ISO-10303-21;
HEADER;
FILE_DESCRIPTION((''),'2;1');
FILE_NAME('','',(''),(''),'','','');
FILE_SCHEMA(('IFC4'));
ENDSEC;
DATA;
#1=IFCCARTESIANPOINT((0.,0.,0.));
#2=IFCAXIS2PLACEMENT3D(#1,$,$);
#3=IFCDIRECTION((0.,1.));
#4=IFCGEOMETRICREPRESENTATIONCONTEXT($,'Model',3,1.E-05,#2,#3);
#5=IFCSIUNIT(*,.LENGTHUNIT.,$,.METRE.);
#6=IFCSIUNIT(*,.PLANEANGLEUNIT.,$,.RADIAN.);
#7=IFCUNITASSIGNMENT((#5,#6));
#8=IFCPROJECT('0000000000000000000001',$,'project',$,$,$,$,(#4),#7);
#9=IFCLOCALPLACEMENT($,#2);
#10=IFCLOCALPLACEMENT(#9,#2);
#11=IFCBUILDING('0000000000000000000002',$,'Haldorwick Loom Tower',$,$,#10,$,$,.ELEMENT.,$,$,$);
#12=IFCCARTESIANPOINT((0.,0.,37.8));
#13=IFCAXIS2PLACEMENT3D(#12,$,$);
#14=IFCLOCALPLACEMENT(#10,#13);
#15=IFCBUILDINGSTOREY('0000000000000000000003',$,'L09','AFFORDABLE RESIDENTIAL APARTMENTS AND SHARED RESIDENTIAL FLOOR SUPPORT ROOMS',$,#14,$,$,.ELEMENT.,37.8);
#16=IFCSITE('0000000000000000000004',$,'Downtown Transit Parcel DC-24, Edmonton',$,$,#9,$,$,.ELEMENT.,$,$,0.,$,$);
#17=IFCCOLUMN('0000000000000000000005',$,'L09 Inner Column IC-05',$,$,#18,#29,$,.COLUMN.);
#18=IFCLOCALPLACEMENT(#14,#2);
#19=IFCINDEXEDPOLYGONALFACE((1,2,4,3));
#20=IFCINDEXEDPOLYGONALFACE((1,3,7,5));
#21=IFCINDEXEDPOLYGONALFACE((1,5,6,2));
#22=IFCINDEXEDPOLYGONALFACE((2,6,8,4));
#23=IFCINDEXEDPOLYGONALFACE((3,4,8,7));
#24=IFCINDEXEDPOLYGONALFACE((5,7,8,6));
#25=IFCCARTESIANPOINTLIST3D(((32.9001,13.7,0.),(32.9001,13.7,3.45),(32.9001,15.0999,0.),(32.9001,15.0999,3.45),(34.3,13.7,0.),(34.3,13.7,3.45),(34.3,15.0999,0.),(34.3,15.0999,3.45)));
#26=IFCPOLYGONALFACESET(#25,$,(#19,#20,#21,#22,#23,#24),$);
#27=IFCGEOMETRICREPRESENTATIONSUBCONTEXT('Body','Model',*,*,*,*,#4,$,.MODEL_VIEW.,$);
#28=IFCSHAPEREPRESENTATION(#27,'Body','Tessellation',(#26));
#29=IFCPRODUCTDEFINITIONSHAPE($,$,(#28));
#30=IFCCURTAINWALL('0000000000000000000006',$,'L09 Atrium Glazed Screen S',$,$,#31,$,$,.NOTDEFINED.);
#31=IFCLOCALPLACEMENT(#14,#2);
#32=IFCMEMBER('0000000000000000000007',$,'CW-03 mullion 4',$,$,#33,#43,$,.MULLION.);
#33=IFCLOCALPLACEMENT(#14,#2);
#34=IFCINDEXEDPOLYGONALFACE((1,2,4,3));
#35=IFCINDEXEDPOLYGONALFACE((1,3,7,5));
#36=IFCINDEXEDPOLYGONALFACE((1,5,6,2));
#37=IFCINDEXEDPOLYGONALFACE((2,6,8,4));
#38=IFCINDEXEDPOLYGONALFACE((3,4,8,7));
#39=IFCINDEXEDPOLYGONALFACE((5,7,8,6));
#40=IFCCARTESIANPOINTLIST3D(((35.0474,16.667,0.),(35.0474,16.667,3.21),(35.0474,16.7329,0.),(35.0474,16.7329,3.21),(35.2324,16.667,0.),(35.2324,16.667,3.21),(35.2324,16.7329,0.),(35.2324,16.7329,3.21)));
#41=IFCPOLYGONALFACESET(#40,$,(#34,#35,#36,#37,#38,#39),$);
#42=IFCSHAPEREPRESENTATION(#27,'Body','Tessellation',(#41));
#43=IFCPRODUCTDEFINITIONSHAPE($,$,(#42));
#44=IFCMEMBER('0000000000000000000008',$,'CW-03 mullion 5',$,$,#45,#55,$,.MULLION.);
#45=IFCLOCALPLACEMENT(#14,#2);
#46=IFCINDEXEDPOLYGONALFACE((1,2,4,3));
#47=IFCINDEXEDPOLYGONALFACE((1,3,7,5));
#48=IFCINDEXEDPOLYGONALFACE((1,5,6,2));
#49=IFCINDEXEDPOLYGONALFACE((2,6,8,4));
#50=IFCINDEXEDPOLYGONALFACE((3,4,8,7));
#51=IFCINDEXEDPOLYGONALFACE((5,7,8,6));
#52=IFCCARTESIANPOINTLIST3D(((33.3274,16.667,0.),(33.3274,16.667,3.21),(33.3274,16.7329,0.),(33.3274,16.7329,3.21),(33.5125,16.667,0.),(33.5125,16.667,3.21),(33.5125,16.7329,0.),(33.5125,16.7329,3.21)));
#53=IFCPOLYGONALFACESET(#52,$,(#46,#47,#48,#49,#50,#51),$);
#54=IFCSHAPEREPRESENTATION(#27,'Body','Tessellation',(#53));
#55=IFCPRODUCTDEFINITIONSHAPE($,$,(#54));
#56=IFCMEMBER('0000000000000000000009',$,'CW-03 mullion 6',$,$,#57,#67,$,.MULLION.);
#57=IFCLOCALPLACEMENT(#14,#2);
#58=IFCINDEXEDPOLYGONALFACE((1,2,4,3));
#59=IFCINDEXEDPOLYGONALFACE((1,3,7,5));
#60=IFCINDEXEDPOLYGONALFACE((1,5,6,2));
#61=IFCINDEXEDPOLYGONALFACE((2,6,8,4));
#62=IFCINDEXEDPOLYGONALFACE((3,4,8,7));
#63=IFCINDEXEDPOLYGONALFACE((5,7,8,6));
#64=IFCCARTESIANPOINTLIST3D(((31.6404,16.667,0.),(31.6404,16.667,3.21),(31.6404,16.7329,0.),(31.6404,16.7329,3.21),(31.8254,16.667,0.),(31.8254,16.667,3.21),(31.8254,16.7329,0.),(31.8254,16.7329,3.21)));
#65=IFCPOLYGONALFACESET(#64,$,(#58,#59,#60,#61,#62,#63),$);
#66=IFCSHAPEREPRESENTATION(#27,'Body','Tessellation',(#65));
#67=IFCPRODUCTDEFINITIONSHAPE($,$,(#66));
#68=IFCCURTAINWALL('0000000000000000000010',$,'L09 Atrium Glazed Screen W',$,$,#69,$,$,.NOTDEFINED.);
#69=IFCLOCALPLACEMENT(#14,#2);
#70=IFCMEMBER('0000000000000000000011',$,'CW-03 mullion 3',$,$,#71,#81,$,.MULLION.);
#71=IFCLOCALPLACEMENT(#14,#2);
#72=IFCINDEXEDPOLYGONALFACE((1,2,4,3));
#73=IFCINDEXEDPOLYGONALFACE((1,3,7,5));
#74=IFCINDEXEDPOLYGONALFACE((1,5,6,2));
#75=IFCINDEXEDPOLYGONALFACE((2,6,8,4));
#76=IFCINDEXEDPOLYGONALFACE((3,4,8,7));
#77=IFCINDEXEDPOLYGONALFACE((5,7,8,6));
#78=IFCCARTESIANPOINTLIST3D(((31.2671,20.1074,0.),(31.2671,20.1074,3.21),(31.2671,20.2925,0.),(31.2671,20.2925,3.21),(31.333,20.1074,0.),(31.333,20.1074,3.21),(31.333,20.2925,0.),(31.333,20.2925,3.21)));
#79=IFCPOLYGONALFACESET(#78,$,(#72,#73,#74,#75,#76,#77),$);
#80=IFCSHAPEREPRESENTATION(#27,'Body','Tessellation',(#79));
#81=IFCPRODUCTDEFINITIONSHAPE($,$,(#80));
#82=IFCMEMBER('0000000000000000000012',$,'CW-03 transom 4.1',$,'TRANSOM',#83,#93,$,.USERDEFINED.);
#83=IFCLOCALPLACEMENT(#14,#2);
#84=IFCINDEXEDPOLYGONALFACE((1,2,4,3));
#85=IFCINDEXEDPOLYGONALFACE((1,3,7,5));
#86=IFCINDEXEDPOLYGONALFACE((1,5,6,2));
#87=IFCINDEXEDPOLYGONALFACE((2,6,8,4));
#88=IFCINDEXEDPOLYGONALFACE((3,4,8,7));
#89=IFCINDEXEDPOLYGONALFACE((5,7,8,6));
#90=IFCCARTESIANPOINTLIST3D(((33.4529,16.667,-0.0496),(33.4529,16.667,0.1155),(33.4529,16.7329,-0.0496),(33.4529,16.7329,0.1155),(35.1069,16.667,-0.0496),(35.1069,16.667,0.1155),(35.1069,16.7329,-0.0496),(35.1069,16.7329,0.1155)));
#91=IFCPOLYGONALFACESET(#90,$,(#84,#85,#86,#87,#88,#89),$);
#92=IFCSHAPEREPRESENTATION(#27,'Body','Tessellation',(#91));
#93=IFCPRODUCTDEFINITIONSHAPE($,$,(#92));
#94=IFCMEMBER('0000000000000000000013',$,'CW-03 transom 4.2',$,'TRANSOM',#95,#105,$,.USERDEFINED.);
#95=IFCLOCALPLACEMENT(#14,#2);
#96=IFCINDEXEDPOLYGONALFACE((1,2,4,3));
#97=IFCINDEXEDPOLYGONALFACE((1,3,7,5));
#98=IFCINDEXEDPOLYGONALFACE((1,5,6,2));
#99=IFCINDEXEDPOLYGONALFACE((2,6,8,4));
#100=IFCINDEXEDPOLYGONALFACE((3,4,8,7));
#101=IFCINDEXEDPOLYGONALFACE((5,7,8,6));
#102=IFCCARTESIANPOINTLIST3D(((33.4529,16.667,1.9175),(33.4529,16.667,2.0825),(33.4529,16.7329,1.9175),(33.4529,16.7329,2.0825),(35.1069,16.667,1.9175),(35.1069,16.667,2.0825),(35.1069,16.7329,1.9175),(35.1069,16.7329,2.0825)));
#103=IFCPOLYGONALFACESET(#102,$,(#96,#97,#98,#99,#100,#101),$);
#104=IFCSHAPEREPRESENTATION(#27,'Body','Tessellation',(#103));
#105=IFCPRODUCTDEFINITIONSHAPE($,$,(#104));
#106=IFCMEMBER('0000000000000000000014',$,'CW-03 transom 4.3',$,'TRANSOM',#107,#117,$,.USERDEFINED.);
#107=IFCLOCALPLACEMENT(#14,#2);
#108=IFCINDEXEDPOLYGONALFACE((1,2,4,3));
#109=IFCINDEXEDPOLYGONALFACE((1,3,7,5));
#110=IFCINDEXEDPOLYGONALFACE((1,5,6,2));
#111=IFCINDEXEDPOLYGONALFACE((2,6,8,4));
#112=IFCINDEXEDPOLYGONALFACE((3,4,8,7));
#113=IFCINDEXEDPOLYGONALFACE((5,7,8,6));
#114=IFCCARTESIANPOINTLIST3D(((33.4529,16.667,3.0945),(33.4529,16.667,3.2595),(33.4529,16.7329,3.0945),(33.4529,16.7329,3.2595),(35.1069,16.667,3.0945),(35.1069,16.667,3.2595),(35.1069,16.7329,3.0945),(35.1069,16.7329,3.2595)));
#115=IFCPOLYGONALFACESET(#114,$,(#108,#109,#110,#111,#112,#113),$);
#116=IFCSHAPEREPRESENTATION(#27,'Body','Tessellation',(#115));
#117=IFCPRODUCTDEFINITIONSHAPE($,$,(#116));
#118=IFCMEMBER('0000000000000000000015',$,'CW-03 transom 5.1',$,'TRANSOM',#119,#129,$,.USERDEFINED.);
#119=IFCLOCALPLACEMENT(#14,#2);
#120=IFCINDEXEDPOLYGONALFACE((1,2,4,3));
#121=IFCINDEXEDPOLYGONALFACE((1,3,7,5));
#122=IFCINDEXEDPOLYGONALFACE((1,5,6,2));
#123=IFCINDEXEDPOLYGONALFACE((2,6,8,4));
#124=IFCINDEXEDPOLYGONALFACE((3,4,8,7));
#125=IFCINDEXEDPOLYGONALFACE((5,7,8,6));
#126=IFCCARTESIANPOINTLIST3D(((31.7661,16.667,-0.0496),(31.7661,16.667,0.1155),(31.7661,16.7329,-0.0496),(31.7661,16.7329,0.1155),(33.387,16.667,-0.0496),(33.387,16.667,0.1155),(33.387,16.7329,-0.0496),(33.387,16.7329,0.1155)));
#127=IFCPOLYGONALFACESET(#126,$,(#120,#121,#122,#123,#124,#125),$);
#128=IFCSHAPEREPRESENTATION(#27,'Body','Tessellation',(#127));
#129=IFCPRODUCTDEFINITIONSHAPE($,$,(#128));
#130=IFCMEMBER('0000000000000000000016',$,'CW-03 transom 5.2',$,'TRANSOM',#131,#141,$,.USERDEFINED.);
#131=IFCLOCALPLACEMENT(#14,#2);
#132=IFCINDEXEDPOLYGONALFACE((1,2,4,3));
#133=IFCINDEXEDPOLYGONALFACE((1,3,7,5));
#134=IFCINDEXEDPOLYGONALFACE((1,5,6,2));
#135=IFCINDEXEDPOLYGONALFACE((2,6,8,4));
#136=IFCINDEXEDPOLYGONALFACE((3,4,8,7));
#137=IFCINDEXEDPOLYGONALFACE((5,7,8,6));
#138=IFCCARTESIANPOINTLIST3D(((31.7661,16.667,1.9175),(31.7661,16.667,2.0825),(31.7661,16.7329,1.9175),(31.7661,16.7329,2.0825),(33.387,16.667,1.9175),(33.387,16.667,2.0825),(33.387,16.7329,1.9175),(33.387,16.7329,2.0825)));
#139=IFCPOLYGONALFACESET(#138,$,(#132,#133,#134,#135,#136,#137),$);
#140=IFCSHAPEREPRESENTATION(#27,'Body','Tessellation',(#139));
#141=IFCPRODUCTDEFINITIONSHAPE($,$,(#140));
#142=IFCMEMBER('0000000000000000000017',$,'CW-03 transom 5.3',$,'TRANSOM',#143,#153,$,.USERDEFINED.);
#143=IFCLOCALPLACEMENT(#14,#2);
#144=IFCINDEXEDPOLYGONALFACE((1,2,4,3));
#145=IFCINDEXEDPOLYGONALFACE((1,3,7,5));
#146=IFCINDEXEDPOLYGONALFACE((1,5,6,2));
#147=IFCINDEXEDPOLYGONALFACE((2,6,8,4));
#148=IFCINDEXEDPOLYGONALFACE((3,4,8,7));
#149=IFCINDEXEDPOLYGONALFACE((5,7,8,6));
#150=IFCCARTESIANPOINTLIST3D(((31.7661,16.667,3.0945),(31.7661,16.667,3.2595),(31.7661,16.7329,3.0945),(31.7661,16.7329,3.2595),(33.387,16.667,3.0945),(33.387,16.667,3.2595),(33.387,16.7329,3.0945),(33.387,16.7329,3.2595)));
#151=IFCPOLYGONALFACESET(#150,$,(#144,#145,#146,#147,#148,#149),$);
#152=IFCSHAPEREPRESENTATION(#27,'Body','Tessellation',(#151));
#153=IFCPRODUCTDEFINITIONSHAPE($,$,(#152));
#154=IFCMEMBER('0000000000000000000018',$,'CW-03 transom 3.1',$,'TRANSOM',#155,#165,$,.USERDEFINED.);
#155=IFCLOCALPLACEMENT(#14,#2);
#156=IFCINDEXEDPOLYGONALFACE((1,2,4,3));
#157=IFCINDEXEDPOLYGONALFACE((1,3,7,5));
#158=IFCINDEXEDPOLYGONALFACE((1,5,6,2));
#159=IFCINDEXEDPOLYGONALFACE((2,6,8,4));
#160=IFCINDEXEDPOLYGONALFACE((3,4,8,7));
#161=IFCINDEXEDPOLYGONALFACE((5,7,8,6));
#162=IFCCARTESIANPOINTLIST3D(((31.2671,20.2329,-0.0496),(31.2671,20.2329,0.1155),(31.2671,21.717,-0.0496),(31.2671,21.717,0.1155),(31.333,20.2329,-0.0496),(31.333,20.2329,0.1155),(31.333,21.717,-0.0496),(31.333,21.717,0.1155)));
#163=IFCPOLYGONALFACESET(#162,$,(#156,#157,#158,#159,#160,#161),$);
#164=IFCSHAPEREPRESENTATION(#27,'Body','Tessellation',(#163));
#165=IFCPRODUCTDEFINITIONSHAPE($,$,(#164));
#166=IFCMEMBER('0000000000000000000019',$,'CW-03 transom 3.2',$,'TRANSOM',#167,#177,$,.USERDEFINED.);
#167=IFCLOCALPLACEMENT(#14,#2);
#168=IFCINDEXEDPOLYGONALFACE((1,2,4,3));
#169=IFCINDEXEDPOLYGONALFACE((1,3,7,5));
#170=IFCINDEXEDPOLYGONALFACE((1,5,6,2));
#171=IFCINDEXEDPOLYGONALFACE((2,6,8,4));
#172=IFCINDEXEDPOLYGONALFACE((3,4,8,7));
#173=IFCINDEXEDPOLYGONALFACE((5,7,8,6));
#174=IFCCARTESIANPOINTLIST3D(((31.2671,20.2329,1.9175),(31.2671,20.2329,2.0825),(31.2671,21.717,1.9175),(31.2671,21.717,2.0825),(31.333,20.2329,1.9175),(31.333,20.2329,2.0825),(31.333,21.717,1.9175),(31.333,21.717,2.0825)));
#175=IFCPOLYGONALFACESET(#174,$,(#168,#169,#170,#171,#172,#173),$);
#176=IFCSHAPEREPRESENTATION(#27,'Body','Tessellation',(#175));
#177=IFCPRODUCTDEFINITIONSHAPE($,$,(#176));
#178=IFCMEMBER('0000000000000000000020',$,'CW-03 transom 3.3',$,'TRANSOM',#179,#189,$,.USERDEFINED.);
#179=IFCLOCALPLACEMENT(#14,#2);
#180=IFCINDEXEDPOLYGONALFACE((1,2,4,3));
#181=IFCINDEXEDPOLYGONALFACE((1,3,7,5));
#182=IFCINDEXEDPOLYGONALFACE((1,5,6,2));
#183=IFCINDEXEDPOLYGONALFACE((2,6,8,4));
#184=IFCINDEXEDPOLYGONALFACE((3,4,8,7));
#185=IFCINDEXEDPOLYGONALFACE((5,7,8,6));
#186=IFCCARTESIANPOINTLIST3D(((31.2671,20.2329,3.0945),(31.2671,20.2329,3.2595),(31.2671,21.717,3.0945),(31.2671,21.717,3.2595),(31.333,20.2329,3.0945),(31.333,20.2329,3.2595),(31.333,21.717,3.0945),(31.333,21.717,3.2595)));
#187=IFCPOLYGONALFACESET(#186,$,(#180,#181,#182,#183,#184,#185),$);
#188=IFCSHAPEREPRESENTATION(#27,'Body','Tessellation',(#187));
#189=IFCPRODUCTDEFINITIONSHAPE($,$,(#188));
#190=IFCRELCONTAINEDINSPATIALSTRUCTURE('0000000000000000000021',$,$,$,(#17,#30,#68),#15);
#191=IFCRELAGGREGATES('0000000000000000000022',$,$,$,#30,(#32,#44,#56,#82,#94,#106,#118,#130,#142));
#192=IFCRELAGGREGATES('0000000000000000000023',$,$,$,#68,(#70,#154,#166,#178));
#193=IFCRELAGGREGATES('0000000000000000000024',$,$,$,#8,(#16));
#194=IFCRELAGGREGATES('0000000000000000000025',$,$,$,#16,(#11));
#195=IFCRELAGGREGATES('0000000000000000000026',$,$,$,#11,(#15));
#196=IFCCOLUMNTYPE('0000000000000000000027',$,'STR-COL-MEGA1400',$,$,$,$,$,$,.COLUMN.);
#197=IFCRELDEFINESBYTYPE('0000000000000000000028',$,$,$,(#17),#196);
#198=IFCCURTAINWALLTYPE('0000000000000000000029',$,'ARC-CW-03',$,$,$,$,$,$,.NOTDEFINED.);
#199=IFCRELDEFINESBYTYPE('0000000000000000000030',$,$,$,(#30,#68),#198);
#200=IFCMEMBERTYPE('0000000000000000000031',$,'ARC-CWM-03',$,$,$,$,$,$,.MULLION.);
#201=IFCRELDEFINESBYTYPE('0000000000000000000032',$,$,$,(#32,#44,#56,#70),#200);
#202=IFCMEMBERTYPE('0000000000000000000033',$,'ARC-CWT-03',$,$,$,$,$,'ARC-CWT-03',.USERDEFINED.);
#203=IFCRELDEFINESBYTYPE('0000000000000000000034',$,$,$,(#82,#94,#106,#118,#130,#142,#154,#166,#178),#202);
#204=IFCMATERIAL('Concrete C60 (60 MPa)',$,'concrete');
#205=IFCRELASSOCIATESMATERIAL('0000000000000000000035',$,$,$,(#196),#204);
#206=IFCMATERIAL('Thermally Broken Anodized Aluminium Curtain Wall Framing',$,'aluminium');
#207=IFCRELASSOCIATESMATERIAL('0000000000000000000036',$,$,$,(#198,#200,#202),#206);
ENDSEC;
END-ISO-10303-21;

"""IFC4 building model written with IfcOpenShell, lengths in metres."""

from ifc_helpers import new_model, si_unit, direction, frame, origin, origin_2d, place, context, subcontext, project, spatial, rectangle, extrude, material, material_profile, profile_set, type_object, element, aggregate, save


model = new_model("IFC4")

# Units and contexts
model_context = context("Model", 3, precision=1e-05, world=origin(), true_north=direction((0.0, 1.0)))
body_context = subcontext(model_context, "Body", "Model", "MODEL_VIEW")
ifc_project = project(units=[si_unit("LENGTHUNIT", "METRE"), si_unit("PLANEANGLEUNIT", "RADIAN")], contexts=[model_context])

# Site, building, storey
site_placement = place(None, origin())
site = spatial("IfcSite", under=ifc_project, at=site_placement, Name="Downtown Transit Parcel DC-24, Edmonton", CompositionType="ELEMENT", RefElevation=0.0)
building_placement = place(site_placement, origin())
building = spatial("IfcBuilding", under=site, at=building_placement, Name="Haldorwick Loom Tower", CompositionType="ELEMENT")
storey_placement = place(building_placement, frame((0.0, 0.0, 37.8)))
storey = spatial("IfcBuildingStorey", under=building, at=storey_placement, Name="L09", Description="AFFORDABLE RESIDENTIAL APARTMENTS AND SHARED RESIDENTIAL FLOOR SUPPORT ROOMS", CompositionType="ELEMENT", Elevation=37.8)

# Column
ifc_material_1 = material(Name="Concrete C60 (60 MPa)", Category="concrete")
ifc_material_profile_1 = material_profile(ifc_material_1, rectangle(XDim=1.3999, YDim=1.3999, at=origin_2d()), Name="RC1400X1400", Category="concrete")
ifc_profile_set_1 = profile_set([ifc_material_profile_1], Name="Concrete C60 (60 MPa)")
column_type = type_object("IfcColumnType", Name="STR-COL-MEGA1400", PredefinedType="COLUMN", material=ifc_profile_set_1)
column_placement = place(storey_placement, frame((33.6001, 14.3999, 0.0), z_axis=(0.0, 0.0, 1.0), x_axis=(1.0, 0.0, 0.0)))
element("IfcColumn", 1, at=column_placement, inside=storey, type_object=column_type, Name="L09 Inner Column IC-05", PredefinedType="COLUMN", context=body_context, shape_type="SweptSolid", body=[
    extrude(rectangle(XDim=1.3999, YDim=1.3999, at=origin_2d()), origin(), (0.0, 0.0, 1.0), 3.45),
])

# Curtain wall, members
ifc_material_2 = material(Name="Thermally Broken Anodized Aluminium Curtain Wall Framing", Category="aluminium")
curtain_wall_type = type_object("IfcCurtainWallType", Name="ARC-CW-03", PredefinedType="NOTDEFINED", material=ifc_material_2)
curtain_wall_1_placement = place(storey_placement, origin())
curtain_wall_1 = element("IfcCurtainWall", 2, at=curtain_wall_1_placement, inside=storey, type_object=curtain_wall_type, Name="L09 Atrium Glazed Screen S", PredefinedType="NOTDEFINED")
ifc_material_profile_2 = material_profile(ifc_material_2, rectangle(XDim=0.0659, YDim=0.1851, at=origin_2d()), Name="ALU_MUL_66X185", Category="aluminium")
ifc_profile_set_2 = profile_set([ifc_material_profile_2], Name="Thermally Broken Anodized Aluminium Curtain Wall Framing")
member_type_1 = type_object("IfcMemberType", Name="ARC-CWM-03", PredefinedType="MULLION", material=ifc_profile_set_2)
member_1_placement = place(storey_placement, frame((35.1399, 16.7, 0.0), z_axis=(0.0, 0.0, 1.0), x_axis=(0.0, -1.0, 0.0)))
member_1 = element("IfcMember", 3, at=member_1_placement, type_object=member_type_1, Name="CW-03 mullion 4", PredefinedType="MULLION", context=body_context, shape_type="SweptSolid", body=[
    extrude(rectangle(XDim=0.0659, YDim=0.1851, at=origin_2d()), origin(), (0.0, 0.0, 1.0), 3.21),
])
member_2_placement = place(storey_placement, frame((33.4199, 16.7, 0.0), z_axis=(0.0, 0.0, 1.0), x_axis=(0.0, -1.0, 0.0)))
member_2 = element("IfcMember", 4, at=member_2_placement, type_object=member_type_1, Name="CW-03 mullion 5", PredefinedType="MULLION", context=body_context, shape_type="SweptSolid", body=[
    extrude(rectangle(XDim=0.0659, YDim=0.1851, at=origin_2d()), origin(), (0.0, 0.0, 1.0), 3.21),
])
member_3_placement = place(storey_placement, frame((31.7329, 16.7, 0.0), z_axis=(0.0, 0.0, 1.0), x_axis=(0.0, -1.0, 0.0)))
member_3 = element("IfcMember", 5, at=member_3_placement, type_object=member_type_1, Name="CW-03 mullion 6", PredefinedType="MULLION", context=body_context, shape_type="SweptSolid", body=[
    extrude(rectangle(XDim=0.0659, YDim=0.1851, at=origin_2d()), origin(), (0.0, 0.0, 1.0), 3.21),
])

# Curtain wall, member
curtain_wall_2_placement = place(storey_placement, origin())
curtain_wall_2 = element("IfcCurtainWall", 6, at=curtain_wall_2_placement, inside=storey, type_object=curtain_wall_type, Name="L09 Atrium Glazed Screen W", PredefinedType="NOTDEFINED")
member_4_placement = place(storey_placement, frame((31.3, 20.2, 0.0), z_axis=(0.0, 0.0, 1.0), x_axis=(-1.0, 0.0, 0.0)))
member_4 = element("IfcMember", 7, at=member_4_placement, type_object=member_type_1, Name="CW-03 mullion 3", PredefinedType="MULLION", context=body_context, shape_type="SweptSolid", body=[
    extrude(rectangle(XDim=0.0659, YDim=0.1851, at=origin_2d()), origin(), (0.0, 0.0, 1.0), 3.21),
])

# Members
ifc_material_profile_3 = material_profile(ifc_material_2, rectangle(XDim=0.0659, YDim=0.165, at=origin_2d()), Name="ALU_TRN_66X165", Category="aluminium")
ifc_profile_set_3 = profile_set([ifc_material_profile_3], Name="Thermally Broken Anodized Aluminium Curtain Wall Framing")
member_type_2 = type_object("IfcMemberType", Name="ARC-CWT-03", ElementType="ARC-CWT-03", PredefinedType="USERDEFINED", material=ifc_profile_set_3)
member_5_placement = place(storey_placement, frame((35.1069, 16.7, 0.033), z_axis=(-1.0, 0.0, 0.0), x_axis=(0.0, -1.0, 0.0)))
member_5 = element("IfcMember", 8, at=member_5_placement, type_object=member_type_2, Name="CW-03 transom 4.1", ObjectType="TRANSOM", PredefinedType="USERDEFINED", context=body_context, shape_type="SweptSolid", body=[
    extrude(rectangle(XDim=0.0659, YDim=0.165, at=origin_2d()), origin(), (0.0, 0.0, 1.0), 1.6541),
])
member_6_placement = place(storey_placement, frame((35.1069, 16.7, 2.0), z_axis=(-1.0, 0.0, 0.0), x_axis=(0.0, -1.0, 0.0)))
member_6 = element("IfcMember", 9, at=member_6_placement, type_object=member_type_2, Name="CW-03 transom 4.2", ObjectType="TRANSOM", PredefinedType="USERDEFINED", context=body_context, shape_type="SweptSolid", body=[
    extrude(rectangle(XDim=0.0659, YDim=0.165, at=origin_2d()), origin(), (0.0, 0.0, 1.0), 1.6541),
])
member_7_placement = place(storey_placement, frame((35.1069, 16.7, 3.177), z_axis=(-1.0, 0.0, 0.0), x_axis=(0.0, -1.0, 0.0)))
member_7 = element("IfcMember", 10, at=member_7_placement, type_object=member_type_2, Name="CW-03 transom 4.3", ObjectType="TRANSOM", PredefinedType="USERDEFINED", context=body_context, shape_type="SweptSolid", body=[
    extrude(rectangle(XDim=0.0659, YDim=0.165, at=origin_2d()), origin(), (0.0, 0.0, 1.0), 1.6541),
])
member_8_placement = place(storey_placement, frame((33.387, 16.7, 0.033), z_axis=(-1.0, 0.0, 0.0), x_axis=(0.0, -1.0, 0.0)))
member_8 = element("IfcMember", 11, at=member_8_placement, type_object=member_type_2, Name="CW-03 transom 5.1", ObjectType="TRANSOM", PredefinedType="USERDEFINED", context=body_context, shape_type="SweptSolid", body=[
    extrude(rectangle(XDim=0.0659, YDim=0.165, at=origin_2d()), origin(), (0.0, 0.0, 1.0), 1.6208),
])
member_9_placement = place(storey_placement, frame((33.387, 16.7, 2.0), z_axis=(-1.0, 0.0, 0.0), x_axis=(0.0, -1.0, 0.0)))
member_9 = element("IfcMember", 12, at=member_9_placement, type_object=member_type_2, Name="CW-03 transom 5.2", ObjectType="TRANSOM", PredefinedType="USERDEFINED", context=body_context, shape_type="SweptSolid", body=[
    extrude(rectangle(XDim=0.0659, YDim=0.165, at=origin_2d()), origin(), (0.0, 0.0, 1.0), 1.6208),
])
member_10_placement = place(storey_placement, frame((33.387, 16.7, 3.177), z_axis=(-1.0, 0.0, 0.0), x_axis=(0.0, -1.0, 0.0)))
member_10 = element("IfcMember", 13, at=member_10_placement, type_object=member_type_2, Name="CW-03 transom 5.3", ObjectType="TRANSOM", PredefinedType="USERDEFINED", context=body_context, shape_type="SweptSolid", body=[
    extrude(rectangle(XDim=0.0659, YDim=0.165, at=origin_2d()), origin(), (0.0, 0.0, 1.0), 1.6208),
])
member_11_placement = place(storey_placement, frame((31.3, 20.2329, 0.033), z_axis=(0.0, 1.0, 0.0), x_axis=(-1.0, 0.0, 0.0)))
member_11 = element("IfcMember", 14, at=member_11_placement, type_object=member_type_2, Name="CW-03 transom 3.1", ObjectType="TRANSOM", PredefinedType="USERDEFINED", context=body_context, shape_type="SweptSolid", body=[
    extrude(rectangle(XDim=0.0659, YDim=0.165, at=origin_2d()), origin(), (0.0, 0.0, 1.0), 1.4841),
])
member_12_placement = place(storey_placement, frame((31.3, 20.2329, 2.0), z_axis=(0.0, 1.0, 0.0), x_axis=(-1.0, 0.0, 0.0)))
member_12 = element("IfcMember", 15, at=member_12_placement, type_object=member_type_2, Name="CW-03 transom 3.2", ObjectType="TRANSOM", PredefinedType="USERDEFINED", context=body_context, shape_type="SweptSolid", body=[
    extrude(rectangle(XDim=0.0659, YDim=0.165, at=origin_2d()), origin(), (0.0, 0.0, 1.0), 1.4841),
])
member_13_placement = place(storey_placement, frame((31.3, 20.2329, 3.177), z_axis=(0.0, 1.0, 0.0), x_axis=(-1.0, 0.0, 0.0)))
member_13 = element("IfcMember", 16, at=member_13_placement, type_object=member_type_2, Name="CW-03 transom 3.3", ObjectType="TRANSOM", PredefinedType="USERDEFINED", context=body_context, shape_type="SweptSolid", body=[
    extrude(rectangle(XDim=0.0659, YDim=0.165, at=origin_2d()), origin(), (0.0, 0.0, 1.0), 1.4841),
])

aggregate(curtain_wall_1, [member_1, member_2, member_3, member_5, member_6, member_7, member_8, member_9, member_10])
aggregate(curtain_wall_2, [member_4, member_11, member_12, member_13])

save(model, "model.ifc")
